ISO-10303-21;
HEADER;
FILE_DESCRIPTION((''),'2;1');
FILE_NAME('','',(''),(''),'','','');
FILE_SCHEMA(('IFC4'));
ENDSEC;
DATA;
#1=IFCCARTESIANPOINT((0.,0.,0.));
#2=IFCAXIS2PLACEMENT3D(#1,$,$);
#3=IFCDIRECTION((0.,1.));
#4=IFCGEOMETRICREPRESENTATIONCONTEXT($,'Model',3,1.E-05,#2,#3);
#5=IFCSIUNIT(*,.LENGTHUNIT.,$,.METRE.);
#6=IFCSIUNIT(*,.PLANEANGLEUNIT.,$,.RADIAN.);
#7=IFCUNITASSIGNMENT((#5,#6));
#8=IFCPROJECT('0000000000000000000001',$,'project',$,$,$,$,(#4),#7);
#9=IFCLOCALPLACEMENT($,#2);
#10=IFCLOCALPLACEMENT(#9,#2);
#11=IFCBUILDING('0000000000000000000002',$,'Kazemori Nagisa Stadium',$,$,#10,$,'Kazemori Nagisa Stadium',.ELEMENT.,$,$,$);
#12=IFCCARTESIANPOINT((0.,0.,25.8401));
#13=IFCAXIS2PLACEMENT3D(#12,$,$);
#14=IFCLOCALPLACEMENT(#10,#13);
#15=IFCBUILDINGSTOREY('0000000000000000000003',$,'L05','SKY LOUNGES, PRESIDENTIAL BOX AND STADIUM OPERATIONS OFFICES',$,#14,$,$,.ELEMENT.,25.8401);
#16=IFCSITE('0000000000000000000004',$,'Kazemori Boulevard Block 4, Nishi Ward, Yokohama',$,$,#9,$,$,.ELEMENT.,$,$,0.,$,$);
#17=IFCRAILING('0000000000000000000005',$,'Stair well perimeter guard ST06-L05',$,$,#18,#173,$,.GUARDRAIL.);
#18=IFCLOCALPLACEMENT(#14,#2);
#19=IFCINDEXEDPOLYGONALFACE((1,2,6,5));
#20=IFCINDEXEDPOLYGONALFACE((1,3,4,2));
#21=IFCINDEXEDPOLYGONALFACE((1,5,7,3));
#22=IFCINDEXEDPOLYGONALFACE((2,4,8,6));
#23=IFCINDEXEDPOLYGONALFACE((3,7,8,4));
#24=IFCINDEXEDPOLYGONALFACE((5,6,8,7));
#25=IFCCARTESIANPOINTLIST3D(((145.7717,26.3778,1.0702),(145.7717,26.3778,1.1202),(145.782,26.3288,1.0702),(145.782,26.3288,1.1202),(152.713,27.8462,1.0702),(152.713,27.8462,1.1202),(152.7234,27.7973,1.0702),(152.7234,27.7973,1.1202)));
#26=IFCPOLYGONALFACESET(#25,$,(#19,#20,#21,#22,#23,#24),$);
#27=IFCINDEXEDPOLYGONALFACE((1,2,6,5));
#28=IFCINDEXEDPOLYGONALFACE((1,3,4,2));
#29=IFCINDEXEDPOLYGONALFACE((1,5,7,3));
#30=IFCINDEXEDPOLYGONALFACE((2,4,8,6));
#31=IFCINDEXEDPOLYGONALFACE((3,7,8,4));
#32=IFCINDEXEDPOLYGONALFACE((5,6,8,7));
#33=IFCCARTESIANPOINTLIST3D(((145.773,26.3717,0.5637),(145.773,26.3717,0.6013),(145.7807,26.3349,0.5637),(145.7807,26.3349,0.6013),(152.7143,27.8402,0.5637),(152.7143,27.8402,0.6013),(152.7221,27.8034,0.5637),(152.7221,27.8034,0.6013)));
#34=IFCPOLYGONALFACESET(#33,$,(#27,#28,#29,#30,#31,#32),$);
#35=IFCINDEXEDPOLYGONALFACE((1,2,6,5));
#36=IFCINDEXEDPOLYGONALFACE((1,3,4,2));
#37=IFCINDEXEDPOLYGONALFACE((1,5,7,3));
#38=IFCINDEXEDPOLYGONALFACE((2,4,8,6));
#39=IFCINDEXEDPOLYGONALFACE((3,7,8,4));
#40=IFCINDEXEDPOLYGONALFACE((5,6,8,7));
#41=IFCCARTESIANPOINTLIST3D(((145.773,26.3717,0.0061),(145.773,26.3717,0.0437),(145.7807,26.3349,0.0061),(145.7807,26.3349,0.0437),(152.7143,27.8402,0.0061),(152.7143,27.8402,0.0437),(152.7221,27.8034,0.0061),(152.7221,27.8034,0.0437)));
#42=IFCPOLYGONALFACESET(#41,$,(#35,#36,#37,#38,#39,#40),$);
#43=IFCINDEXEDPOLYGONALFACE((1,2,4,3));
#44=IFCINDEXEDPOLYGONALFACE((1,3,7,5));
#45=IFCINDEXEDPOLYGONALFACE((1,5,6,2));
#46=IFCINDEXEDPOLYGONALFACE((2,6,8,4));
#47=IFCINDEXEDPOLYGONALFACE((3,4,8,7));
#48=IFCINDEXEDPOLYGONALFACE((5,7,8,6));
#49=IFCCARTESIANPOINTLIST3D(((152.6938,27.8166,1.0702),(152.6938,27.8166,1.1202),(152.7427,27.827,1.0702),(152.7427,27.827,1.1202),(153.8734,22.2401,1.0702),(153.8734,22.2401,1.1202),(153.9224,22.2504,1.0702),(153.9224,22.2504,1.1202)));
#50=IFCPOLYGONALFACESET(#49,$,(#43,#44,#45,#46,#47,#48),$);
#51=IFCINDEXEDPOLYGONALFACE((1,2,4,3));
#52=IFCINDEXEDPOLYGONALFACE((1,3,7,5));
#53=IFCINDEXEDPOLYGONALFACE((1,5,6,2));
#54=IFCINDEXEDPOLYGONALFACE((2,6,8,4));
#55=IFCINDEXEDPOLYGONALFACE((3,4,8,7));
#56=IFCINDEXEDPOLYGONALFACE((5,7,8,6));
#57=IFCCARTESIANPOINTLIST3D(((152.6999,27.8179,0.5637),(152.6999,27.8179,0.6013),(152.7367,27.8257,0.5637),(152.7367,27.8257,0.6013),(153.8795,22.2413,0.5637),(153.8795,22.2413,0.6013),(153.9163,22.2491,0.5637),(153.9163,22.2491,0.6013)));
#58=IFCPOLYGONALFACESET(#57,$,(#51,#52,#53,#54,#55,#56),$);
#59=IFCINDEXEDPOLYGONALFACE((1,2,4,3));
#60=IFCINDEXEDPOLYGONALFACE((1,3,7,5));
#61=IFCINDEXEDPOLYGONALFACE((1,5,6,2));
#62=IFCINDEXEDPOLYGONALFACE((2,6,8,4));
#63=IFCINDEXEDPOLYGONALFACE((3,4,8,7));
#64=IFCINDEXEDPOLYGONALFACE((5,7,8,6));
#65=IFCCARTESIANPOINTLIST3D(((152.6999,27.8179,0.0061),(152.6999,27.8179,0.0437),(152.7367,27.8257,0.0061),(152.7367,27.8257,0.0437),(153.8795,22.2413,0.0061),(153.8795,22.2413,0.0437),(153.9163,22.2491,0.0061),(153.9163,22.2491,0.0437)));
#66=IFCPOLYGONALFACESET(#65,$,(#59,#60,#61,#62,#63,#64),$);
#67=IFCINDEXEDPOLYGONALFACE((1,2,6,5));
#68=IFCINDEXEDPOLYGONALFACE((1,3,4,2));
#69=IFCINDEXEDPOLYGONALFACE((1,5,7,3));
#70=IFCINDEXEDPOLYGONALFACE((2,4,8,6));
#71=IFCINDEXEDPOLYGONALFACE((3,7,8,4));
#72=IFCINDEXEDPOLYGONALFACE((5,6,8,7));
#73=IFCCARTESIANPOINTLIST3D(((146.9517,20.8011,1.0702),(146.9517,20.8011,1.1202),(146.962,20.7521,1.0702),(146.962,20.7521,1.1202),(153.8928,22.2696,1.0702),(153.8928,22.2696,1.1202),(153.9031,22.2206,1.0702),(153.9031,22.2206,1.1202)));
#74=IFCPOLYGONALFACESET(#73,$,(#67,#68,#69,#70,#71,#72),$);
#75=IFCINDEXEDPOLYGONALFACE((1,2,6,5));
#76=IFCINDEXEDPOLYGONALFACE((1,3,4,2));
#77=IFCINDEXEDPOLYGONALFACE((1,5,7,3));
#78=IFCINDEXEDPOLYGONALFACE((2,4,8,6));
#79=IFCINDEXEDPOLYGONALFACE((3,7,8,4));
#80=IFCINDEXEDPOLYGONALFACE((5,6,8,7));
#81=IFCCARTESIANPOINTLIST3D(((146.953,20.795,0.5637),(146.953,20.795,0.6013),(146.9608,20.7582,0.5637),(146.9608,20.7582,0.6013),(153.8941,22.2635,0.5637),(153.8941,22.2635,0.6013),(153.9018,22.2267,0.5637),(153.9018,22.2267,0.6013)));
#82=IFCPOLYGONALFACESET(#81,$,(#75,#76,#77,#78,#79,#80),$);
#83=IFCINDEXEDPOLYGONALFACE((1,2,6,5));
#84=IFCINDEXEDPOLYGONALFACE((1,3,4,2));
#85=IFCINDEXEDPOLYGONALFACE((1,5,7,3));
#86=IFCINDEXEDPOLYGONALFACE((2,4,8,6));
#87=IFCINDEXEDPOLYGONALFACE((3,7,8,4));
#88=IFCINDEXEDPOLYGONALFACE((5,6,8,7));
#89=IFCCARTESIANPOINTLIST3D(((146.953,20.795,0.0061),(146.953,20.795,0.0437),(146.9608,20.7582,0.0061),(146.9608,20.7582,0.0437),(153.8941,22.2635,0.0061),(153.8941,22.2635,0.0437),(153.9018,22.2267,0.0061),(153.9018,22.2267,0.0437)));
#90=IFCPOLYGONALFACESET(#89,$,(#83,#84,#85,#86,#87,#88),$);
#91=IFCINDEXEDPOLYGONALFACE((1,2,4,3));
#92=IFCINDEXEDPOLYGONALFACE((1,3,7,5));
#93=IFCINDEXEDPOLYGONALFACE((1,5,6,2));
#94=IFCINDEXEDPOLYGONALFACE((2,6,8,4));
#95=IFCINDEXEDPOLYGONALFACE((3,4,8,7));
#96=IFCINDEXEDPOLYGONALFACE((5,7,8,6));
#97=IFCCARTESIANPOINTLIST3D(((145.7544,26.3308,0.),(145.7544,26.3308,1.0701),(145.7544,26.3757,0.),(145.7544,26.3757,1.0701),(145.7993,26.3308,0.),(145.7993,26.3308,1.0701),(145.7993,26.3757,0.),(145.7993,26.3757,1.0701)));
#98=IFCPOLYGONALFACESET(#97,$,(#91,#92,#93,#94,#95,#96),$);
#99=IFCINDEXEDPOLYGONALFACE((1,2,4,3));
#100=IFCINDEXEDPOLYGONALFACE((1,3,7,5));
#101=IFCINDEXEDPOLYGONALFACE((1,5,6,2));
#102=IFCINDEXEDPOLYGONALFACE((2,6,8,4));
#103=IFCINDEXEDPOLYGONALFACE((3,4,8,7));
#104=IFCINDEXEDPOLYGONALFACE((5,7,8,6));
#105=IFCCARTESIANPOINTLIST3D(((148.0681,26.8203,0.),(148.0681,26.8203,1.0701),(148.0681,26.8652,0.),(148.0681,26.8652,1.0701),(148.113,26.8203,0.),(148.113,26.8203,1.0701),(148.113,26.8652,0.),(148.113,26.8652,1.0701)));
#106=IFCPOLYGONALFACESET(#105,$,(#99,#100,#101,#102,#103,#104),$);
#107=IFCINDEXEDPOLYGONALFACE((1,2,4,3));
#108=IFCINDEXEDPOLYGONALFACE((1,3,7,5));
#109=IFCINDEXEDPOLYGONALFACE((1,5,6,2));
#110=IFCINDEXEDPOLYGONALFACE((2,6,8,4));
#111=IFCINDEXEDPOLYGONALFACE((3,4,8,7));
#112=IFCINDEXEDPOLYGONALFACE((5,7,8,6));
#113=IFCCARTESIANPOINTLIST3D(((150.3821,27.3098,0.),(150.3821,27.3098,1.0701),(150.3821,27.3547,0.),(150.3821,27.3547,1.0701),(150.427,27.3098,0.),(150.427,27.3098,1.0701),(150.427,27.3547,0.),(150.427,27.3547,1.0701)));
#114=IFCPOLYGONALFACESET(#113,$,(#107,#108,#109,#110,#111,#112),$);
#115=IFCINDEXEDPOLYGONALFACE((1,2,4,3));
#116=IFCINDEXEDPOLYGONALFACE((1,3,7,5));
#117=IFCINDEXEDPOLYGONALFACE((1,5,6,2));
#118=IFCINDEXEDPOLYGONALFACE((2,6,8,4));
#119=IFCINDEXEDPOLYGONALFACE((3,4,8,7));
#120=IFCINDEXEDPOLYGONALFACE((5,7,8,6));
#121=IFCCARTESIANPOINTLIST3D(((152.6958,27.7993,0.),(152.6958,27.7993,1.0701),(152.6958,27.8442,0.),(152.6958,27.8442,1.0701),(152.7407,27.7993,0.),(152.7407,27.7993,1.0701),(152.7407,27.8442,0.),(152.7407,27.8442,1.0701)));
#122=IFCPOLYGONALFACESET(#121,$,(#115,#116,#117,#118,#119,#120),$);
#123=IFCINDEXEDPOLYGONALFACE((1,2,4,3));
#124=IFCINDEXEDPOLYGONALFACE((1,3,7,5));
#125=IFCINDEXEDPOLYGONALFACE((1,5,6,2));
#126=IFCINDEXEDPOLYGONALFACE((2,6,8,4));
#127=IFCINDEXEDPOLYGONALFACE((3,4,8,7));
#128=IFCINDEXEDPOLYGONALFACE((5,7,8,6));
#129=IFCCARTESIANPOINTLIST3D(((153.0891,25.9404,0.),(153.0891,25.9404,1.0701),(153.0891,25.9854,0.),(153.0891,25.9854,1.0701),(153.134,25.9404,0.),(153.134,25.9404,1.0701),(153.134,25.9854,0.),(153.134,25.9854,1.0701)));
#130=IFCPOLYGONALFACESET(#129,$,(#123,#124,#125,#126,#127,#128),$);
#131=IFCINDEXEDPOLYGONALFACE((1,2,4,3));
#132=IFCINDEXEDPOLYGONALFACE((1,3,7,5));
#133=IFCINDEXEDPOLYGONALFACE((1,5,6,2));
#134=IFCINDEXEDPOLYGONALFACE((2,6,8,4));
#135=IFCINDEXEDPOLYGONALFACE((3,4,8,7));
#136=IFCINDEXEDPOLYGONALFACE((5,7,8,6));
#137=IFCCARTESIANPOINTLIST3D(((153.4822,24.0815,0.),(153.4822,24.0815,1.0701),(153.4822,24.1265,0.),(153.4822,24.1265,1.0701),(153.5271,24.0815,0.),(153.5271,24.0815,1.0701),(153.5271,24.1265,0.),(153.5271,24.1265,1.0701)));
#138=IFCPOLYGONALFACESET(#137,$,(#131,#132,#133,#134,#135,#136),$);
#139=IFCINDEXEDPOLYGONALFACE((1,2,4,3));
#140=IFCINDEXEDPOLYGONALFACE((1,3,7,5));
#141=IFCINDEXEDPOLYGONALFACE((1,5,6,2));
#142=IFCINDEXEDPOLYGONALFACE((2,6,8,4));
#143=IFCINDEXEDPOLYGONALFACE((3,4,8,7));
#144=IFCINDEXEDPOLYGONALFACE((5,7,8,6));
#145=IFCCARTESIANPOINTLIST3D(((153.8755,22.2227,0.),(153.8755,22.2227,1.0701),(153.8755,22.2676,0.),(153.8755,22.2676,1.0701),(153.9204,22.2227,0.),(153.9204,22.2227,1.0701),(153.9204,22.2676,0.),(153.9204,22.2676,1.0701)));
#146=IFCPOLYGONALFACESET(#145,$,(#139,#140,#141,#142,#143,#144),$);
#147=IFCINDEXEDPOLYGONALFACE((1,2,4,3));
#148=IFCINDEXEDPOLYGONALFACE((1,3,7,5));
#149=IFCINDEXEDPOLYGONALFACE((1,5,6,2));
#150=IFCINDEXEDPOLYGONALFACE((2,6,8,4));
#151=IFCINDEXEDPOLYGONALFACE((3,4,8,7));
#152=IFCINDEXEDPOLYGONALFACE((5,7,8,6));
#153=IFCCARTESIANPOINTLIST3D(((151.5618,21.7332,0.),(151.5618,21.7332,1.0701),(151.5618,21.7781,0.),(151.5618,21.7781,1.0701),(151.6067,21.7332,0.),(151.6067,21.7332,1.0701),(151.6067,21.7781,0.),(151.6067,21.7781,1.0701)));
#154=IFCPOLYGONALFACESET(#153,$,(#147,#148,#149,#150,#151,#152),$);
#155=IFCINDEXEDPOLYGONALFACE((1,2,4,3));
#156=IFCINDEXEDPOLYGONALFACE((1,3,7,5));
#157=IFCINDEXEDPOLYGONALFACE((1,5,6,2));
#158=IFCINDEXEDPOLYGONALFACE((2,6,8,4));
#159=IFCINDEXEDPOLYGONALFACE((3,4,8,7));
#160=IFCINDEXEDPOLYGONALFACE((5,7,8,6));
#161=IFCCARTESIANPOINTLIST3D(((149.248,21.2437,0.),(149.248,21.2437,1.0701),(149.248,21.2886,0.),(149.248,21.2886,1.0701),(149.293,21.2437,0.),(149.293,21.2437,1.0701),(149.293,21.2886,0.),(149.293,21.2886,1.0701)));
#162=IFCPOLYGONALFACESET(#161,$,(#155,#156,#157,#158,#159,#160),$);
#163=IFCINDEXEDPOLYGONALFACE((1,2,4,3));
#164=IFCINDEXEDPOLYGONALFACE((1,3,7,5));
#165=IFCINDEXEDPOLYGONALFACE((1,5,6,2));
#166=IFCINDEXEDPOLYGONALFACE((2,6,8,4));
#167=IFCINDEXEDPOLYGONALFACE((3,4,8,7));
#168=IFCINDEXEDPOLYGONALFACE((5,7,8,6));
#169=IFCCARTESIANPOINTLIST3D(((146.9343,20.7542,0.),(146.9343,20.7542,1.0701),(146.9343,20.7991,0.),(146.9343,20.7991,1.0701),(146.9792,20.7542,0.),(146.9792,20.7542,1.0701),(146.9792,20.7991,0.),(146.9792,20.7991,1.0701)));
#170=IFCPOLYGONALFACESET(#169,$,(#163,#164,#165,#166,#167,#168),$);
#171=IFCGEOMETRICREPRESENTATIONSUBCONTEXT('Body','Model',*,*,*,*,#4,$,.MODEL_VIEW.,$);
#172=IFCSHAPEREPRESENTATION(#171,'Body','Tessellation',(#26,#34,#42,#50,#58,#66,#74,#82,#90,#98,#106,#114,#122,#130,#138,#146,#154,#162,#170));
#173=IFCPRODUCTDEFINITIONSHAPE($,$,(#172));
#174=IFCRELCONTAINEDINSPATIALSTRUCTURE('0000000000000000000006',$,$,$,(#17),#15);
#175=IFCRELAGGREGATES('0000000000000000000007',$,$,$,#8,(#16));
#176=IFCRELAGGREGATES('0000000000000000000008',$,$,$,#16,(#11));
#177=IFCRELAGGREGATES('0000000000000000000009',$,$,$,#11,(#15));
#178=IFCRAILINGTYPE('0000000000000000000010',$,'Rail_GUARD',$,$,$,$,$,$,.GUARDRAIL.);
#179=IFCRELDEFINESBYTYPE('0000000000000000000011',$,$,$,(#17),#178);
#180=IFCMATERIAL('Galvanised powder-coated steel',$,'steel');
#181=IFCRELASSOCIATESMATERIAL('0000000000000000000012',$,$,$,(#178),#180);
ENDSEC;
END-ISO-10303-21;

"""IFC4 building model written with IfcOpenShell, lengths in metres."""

from ifc_helpers import new_model, si_unit, direction, frame, origin, origin_2d, place, context, subcontext, project, spatial, rectangle, extrude, material, type_object, element, save


model = new_model("IFC4")

# Units and contexts
model_context = context("Model", 3, precision=1e-05, world=origin(), true_north=direction((0.0, 1.0)))
body_context = subcontext(model_context, "Body", "Model", "MODEL_VIEW")
ifc_project = project(units=[si_unit("LENGTHUNIT", "METRE"), si_unit("PLANEANGLEUNIT", "RADIAN")], contexts=[model_context])

# Site, building, storey
site_placement = place(None, origin())
site = spatial("IfcSite", under=ifc_project, at=site_placement, Name="Kazemori Boulevard Block 4, Nishi Ward, Yokohama", CompositionType="ELEMENT", RefElevation=0.0)
building_placement = place(site_placement, origin())
building = spatial("IfcBuilding", under=site, at=building_placement, Name="Kazemori Nagisa Stadium", LongName="Kazemori Nagisa Stadium", CompositionType="ELEMENT")
storey_placement = place(building_placement, frame((0.0, 0.0, 25.8401)))
storey = spatial("IfcBuildingStorey", under=building, at=storey_placement, Name="L05", Description="SKY LOUNGES, PRESIDENTIAL BOX AND STADIUM OPERATIONS OFFICES", CompositionType="ELEMENT", Elevation=25.8401)

# Railing
ifc_material_1 = material(Name="Galvanised powder-coated steel", Category="steel")
railing_type_1 = type_object("IfcRailingType", Name="Rail_GUARD", PredefinedType="GUARDRAIL", material=ifc_material_1)
railing_1_placement = place(storey_placement, frame((145.7769, 26.3533, 0.0)))
element("IfcRailing", 1, at=railing_1_placement, inside=storey, type_object=railing_type_1, Name="Stair well perimeter guard ST06-L05", PredefinedType="GUARDRAIL", context=body_context, shape_type="SweptSolid", body=[
    extrude(rectangle(XDim=0.05, YDim=0.05, at=origin_2d()), frame((0.0, 0.0, 1.0952), z_axis=(0.978346, 0.206976, 0.0), x_axis=(-0.206976, 0.978346, 0.0)), (0.0, 0.0, 1.0), 7.095),
    extrude(rectangle(XDim=0.0376, YDim=0.0376, at=origin_2d()), frame((0.0, 0.0, 0.5825), z_axis=(0.978346, 0.206976, 0.0), x_axis=(-0.206976, 0.978346, 0.0)), (0.0, 0.0, 1.0), 7.095),
    extrude(rectangle(XDim=0.0376, YDim=0.0376, at=origin_2d()), frame((0.0, 0.0, 0.0249), z_axis=(0.978346, 0.206976, 0.0), x_axis=(-0.206976, 0.978346, 0.0)), (0.0, 0.0, 1.0), 7.095),
    extrude(rectangle(XDim=0.05, YDim=0.05, at=origin_2d()), frame((6.9414, 1.4685, 1.0952), z_axis=(0.20696, -0.978349, 0.0), x_axis=(0.978349, 0.20696, 0.0)), (0.0, 0.0, 1.0), 5.7),
    extrude(rectangle(XDim=0.0376, YDim=0.0376, at=origin_2d()), frame((6.9414, 1.4685, 0.5825), z_axis=(0.20696, -0.978349, 0.0), x_axis=(0.978349, 0.20696, 0.0)), (0.0, 0.0, 1.0), 5.7),
    extrude(rectangle(XDim=0.0376, YDim=0.0376, at=origin_2d()), frame((6.9414, 1.4685, 0.0249), z_axis=(0.20696, -0.978349, 0.0), x_axis=(0.978349, 0.20696, 0.0)), (0.0, 0.0, 1.0), 5.7),
    extrude(rectangle(XDim=0.05, YDim=0.05, at=origin_2d()), frame((8.1211, -4.1082, 1.0952), z_axis=(-0.978344, -0.206983, 0.0), x_axis=(0.206983, -0.978344, 0.0)), (0.0, 0.0, 1.0), 7.0947),
    extrude(rectangle(XDim=0.0376, YDim=0.0376, at=origin_2d()), frame((8.1211, -4.1082, 0.5825), z_axis=(-0.978344, -0.206983, 0.0), x_axis=(0.206983, -0.978344, 0.0)), (0.0, 0.0, 1.0), 7.0947),
    extrude(rectangle(XDim=0.0376, YDim=0.0376, at=origin_2d()), frame((8.1211, -4.1082, 0.0249), z_axis=(-0.978344, -0.206983, 0.0), x_axis=(0.206983, -0.978344, 0.0)), (0.0, 0.0, 1.0), 7.0947),
    extrude(rectangle(XDim=0.0449, YDim=0.0449, at=origin_2d()), origin(), (0.0, 0.0, 1.0), 1.0701),
    extrude(rectangle(XDim=0.0449, YDim=0.0449, at=origin_2d()), frame((2.3137, 0.4895, 0.0)), (0.0, 0.0, 1.0), 1.0701),
    extrude(rectangle(XDim=0.0449, YDim=0.0449, at=origin_2d()), frame((4.6277, 0.979, 0.0)), (0.0, 0.0, 1.0), 1.0701),
    extrude(rectangle(XDim=0.0449, YDim=0.0449, at=origin_2d()), frame((6.9414, 1.4685, 0.0)), (0.0, 0.0, 1.0), 1.0701),
    extrude(rectangle(XDim=0.0449, YDim=0.0449, at=origin_2d()), frame((7.3347, -0.3904, 0.0)), (0.0, 0.0, 1.0), 1.0701),
    extrude(rectangle(XDim=0.0449, YDim=0.0449, at=origin_2d()), frame((7.7278, -2.2493, 0.0)), (0.0, 0.0, 1.0), 1.0701),
    extrude(rectangle(XDim=0.0449, YDim=0.0449, at=origin_2d()), frame((8.1211, -4.1082, 0.0)), (0.0, 0.0, 1.0), 1.0701),
    extrude(rectangle(XDim=0.0449, YDim=0.0449, at=origin_2d()), frame((5.8074, -4.5977, 0.0)), (0.0, 0.0, 1.0), 1.0701),
    extrude(rectangle(XDim=0.0449, YDim=0.0449, at=origin_2d()), frame((3.4937, -5.0872, 0.0)), (0.0, 0.0, 1.0), 1.0701),
    extrude(rectangle(XDim=0.0449, YDim=0.0449, at=origin_2d()), frame((1.1799, -5.5767, 0.0)), (0.0, 0.0, 1.0), 1.0701),
])

save(model, "model.ifc")
